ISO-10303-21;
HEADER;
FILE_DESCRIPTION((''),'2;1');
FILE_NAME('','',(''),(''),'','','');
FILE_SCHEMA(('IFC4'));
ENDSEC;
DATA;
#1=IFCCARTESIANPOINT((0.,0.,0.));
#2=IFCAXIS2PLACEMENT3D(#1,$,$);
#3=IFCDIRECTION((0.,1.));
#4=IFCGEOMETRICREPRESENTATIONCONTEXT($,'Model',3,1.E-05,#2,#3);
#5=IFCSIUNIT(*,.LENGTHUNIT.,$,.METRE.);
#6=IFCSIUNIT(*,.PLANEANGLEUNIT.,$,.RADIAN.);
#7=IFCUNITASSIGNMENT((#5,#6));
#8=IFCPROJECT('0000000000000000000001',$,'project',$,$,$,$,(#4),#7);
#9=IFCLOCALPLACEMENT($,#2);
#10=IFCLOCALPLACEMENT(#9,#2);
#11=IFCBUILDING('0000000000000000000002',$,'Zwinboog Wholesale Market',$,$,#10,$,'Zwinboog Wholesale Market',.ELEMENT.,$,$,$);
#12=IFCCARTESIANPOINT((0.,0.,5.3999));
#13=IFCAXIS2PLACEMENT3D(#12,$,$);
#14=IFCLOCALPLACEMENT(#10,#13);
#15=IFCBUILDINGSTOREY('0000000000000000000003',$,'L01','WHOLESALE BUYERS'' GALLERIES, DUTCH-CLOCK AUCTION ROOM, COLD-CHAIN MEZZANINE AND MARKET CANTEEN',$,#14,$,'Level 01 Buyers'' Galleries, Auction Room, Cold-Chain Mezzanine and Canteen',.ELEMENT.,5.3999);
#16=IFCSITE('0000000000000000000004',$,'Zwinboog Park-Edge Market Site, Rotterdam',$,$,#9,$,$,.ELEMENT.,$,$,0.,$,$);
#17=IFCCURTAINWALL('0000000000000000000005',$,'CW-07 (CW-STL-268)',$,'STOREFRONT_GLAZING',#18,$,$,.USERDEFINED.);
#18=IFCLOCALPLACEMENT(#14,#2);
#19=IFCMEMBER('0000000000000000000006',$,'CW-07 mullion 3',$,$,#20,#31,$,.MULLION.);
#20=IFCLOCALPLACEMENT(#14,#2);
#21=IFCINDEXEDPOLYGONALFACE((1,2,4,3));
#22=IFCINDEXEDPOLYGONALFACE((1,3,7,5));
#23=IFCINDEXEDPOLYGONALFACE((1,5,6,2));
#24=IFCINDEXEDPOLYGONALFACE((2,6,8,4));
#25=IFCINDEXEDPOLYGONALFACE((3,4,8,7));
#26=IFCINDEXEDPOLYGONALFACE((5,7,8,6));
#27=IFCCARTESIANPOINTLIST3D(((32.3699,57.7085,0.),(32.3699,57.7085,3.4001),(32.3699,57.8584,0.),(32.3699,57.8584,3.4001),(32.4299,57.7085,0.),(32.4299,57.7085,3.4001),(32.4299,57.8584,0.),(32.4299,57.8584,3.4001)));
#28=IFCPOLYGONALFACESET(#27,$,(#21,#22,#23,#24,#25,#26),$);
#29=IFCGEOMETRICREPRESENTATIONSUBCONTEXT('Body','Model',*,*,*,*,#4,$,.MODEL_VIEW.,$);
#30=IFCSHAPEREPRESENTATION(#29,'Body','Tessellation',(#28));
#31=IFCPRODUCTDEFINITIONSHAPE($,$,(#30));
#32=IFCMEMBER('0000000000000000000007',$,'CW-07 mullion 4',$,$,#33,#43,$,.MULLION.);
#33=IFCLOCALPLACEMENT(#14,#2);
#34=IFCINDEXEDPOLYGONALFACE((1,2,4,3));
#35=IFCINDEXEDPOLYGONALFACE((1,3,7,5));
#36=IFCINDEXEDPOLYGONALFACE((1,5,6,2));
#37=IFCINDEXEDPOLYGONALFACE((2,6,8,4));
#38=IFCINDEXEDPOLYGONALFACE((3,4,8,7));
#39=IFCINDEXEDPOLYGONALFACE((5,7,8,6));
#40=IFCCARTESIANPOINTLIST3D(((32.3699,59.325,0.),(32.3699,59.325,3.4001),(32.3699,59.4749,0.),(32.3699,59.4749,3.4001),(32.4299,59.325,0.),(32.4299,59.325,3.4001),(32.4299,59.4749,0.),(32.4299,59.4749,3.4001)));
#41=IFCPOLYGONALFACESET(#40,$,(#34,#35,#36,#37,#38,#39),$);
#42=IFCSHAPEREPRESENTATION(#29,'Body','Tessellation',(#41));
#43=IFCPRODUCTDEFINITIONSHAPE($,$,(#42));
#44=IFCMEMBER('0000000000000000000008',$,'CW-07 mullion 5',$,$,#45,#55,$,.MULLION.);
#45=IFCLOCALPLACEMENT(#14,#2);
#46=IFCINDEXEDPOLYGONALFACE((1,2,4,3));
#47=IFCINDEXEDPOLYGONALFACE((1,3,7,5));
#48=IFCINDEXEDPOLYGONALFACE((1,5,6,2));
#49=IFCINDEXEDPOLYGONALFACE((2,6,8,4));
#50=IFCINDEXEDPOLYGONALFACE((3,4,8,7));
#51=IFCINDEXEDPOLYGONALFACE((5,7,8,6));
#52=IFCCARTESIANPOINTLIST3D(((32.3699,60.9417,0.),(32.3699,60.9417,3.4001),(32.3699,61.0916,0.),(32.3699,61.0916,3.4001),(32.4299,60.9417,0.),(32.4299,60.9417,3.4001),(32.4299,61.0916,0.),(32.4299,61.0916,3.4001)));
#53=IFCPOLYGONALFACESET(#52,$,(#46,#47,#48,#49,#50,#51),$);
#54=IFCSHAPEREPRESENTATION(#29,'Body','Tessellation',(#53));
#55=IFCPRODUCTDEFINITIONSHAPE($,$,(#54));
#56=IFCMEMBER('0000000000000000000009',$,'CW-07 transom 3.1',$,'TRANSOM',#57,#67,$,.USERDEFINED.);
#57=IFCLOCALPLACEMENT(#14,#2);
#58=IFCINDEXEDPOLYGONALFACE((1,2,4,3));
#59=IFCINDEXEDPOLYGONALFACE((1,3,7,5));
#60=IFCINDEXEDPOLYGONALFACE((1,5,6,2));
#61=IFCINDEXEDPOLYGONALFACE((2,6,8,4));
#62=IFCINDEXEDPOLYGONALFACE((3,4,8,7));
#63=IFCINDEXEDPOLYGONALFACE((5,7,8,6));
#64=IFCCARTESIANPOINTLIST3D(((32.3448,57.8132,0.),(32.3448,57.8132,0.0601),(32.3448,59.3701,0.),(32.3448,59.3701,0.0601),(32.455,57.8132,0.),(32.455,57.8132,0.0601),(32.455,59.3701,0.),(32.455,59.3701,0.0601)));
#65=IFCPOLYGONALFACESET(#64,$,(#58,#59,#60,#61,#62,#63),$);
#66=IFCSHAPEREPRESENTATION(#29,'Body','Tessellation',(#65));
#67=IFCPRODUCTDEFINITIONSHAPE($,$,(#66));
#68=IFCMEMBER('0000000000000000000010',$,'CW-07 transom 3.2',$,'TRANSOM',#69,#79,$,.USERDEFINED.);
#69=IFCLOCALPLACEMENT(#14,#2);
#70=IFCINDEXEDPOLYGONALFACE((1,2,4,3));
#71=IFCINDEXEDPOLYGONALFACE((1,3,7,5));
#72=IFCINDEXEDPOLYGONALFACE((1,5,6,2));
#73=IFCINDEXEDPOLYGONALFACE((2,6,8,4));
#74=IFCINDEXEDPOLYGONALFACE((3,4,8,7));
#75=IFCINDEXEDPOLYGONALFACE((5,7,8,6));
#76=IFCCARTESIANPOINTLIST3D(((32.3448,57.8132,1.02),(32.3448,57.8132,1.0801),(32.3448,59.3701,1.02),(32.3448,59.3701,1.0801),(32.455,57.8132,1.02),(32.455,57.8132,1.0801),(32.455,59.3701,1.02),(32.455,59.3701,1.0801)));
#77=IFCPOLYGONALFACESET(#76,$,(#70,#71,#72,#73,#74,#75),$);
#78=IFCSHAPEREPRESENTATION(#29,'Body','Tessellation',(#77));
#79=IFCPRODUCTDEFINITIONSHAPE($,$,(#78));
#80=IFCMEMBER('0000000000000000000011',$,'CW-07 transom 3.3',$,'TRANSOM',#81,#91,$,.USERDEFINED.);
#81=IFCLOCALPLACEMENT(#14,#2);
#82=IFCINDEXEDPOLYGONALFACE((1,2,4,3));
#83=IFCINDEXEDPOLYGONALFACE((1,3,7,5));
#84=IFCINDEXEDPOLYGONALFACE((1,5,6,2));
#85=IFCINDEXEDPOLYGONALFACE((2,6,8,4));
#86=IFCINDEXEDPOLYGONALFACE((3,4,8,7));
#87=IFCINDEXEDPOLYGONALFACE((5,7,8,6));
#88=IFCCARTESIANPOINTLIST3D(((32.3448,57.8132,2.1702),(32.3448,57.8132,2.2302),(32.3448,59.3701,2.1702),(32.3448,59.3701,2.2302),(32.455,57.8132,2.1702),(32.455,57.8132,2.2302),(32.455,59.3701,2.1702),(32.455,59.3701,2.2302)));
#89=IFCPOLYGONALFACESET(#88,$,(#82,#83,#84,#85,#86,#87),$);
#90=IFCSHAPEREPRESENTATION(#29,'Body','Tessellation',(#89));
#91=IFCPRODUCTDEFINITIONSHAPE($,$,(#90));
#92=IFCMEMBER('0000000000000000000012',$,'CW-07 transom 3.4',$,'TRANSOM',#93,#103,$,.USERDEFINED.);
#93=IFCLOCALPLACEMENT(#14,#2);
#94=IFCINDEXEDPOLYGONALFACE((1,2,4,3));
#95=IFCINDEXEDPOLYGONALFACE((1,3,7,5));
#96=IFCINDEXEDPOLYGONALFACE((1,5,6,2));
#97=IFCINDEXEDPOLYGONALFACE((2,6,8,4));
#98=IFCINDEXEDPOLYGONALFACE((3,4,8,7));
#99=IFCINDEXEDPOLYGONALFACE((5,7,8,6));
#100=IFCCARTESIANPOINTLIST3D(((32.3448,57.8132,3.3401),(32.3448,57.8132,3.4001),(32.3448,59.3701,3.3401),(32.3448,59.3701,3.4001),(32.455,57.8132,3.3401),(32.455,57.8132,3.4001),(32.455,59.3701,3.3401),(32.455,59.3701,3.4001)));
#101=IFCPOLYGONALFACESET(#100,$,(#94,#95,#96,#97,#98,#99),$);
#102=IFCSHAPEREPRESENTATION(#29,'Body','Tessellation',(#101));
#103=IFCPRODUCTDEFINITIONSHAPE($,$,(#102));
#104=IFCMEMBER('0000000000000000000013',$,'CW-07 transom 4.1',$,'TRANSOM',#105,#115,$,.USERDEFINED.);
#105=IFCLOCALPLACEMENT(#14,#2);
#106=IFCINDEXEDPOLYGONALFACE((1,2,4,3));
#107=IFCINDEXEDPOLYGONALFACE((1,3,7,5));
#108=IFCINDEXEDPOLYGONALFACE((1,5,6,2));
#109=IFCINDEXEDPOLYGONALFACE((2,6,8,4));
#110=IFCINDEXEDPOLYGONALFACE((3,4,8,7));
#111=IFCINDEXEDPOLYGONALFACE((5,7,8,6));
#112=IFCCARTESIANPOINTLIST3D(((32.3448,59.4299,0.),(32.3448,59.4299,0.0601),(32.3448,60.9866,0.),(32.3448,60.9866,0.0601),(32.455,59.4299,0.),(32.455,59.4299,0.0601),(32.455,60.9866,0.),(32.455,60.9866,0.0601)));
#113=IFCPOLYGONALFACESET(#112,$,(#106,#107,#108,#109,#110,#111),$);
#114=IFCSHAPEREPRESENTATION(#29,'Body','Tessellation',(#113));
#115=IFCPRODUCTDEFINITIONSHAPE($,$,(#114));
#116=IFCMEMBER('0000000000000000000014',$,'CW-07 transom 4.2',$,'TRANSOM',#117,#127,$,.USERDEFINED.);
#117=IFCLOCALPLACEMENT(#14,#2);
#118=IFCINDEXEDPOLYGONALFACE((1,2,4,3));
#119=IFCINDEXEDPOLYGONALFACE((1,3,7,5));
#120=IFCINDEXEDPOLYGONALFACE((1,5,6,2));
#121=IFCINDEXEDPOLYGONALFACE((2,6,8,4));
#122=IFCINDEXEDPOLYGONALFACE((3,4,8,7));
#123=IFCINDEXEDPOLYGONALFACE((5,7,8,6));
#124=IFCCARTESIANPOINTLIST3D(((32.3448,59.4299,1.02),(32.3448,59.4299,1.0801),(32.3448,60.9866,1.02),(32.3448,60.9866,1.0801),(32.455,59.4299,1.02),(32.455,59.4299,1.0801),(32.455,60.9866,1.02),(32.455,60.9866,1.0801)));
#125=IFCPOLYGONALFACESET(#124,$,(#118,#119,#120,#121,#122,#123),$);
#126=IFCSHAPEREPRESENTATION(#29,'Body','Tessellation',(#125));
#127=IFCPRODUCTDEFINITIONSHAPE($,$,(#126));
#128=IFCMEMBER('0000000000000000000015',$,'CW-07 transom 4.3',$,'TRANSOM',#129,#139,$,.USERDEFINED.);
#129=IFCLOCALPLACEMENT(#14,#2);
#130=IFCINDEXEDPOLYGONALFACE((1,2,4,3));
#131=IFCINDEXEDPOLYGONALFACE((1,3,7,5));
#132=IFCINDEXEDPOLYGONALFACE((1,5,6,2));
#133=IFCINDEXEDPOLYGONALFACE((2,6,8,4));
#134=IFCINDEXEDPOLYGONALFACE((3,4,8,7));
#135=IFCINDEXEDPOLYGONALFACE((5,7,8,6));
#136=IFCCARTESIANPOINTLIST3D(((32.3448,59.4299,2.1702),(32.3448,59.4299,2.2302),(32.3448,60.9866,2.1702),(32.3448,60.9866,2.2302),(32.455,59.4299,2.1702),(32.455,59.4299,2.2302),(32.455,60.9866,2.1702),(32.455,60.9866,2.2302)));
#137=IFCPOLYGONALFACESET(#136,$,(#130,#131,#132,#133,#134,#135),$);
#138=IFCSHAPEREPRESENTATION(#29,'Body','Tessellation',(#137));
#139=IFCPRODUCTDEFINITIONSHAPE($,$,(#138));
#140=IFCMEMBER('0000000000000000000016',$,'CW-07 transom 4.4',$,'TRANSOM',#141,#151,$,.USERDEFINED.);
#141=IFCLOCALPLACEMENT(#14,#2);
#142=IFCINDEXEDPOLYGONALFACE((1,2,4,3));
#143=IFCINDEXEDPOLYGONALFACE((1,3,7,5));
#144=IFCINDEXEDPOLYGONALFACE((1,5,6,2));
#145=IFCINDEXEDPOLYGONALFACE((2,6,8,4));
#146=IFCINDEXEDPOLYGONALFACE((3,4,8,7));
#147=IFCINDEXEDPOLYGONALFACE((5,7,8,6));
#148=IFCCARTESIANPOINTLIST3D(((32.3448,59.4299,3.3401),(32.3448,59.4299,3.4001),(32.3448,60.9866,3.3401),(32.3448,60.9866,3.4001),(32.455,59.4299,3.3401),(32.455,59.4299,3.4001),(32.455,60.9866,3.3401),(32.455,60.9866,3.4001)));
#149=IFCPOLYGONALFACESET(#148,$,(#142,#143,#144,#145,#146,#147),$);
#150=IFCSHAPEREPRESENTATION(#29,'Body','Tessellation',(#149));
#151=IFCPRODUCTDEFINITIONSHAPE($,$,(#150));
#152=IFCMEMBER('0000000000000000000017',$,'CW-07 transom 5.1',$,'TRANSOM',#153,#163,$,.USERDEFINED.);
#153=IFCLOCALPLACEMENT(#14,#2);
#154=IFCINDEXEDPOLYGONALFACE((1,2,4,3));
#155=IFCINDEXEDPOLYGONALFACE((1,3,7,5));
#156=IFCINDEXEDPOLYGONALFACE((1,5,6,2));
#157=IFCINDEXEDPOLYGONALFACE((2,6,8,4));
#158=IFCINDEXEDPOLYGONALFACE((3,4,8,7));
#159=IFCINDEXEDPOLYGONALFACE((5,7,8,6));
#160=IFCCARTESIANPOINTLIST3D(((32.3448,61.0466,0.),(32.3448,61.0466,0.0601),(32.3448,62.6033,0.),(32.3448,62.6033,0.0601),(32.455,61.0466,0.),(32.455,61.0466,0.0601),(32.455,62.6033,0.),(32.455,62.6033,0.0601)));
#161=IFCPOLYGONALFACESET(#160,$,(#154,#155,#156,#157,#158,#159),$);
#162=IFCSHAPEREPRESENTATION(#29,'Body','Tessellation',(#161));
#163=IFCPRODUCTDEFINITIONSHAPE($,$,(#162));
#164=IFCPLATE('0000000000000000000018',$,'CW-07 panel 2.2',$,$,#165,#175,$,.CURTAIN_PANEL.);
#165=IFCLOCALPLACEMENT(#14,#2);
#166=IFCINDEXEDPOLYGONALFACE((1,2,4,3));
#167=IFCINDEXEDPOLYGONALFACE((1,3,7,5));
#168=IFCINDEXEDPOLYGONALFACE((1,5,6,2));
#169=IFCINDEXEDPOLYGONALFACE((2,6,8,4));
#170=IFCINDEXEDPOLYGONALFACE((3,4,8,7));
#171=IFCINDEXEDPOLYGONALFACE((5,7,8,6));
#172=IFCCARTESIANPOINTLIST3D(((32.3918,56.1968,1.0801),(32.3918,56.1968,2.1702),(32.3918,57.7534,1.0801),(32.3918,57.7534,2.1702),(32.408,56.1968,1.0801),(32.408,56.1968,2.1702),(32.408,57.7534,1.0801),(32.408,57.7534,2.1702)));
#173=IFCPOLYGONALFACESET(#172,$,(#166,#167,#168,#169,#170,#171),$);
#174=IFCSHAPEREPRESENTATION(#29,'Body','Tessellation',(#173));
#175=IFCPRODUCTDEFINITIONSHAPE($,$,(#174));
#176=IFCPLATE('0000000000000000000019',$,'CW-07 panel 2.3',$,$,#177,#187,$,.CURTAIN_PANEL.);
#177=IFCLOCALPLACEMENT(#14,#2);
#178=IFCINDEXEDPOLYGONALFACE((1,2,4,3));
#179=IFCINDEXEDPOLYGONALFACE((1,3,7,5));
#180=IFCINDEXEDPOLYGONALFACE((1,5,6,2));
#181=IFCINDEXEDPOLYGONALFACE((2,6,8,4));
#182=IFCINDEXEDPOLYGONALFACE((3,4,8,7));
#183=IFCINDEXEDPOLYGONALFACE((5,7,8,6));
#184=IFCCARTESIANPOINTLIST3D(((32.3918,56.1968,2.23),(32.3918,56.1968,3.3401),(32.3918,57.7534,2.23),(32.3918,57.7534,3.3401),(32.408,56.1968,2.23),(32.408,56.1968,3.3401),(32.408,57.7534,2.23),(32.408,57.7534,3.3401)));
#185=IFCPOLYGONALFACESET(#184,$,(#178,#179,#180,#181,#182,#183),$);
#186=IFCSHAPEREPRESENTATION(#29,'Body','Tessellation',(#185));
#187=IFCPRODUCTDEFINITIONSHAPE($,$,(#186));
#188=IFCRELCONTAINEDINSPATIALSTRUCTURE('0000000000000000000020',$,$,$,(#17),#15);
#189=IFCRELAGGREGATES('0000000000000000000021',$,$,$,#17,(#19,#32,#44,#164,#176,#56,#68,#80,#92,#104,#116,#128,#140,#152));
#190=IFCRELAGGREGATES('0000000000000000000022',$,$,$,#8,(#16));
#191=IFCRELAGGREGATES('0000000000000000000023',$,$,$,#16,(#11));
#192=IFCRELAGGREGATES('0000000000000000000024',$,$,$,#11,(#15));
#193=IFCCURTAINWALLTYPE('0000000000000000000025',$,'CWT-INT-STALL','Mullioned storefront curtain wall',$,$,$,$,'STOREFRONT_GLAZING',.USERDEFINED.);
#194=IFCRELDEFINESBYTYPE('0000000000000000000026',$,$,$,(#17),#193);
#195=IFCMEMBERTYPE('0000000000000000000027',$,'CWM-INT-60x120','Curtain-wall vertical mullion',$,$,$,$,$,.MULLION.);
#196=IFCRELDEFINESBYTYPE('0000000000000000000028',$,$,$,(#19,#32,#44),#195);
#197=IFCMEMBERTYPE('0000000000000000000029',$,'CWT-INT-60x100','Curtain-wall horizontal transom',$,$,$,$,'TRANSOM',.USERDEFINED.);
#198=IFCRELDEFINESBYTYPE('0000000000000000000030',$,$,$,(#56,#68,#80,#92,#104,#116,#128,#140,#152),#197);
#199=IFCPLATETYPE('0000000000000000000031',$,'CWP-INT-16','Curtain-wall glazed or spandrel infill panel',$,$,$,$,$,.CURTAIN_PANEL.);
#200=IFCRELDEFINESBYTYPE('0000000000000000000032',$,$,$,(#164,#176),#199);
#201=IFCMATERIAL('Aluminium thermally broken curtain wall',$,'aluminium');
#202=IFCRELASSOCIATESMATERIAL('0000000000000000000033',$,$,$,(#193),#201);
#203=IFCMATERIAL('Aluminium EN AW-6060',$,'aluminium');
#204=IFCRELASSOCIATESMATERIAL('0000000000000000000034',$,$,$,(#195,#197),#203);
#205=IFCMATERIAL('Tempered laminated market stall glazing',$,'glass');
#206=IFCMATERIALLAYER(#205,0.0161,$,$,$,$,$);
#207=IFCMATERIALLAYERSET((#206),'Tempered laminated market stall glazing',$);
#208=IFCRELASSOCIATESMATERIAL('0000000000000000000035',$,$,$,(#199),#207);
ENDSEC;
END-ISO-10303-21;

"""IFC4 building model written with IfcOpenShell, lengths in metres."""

from ifc_helpers import new_model, si_unit, direction, frame, origin, origin_2d, place, context, subcontext, project, spatial, rectangle, extrude, material, layer, layer_set, material_profile, profile_set, type_object, element, aggregate, save


model = new_model("IFC4")

# Units and contexts
model_context = context("Model", 3, precision=1e-05, world=origin(), true_north=direction((0.0, 1.0)))
body_context = subcontext(model_context, "Body", "Model", "MODEL_VIEW")
ifc_project = project(units=[si_unit("LENGTHUNIT", "METRE"), si_unit("PLANEANGLEUNIT", "RADIAN")], contexts=[model_context])

# Site, building, storey
site_placement = place(None, origin())
site = spatial("IfcSite", under=ifc_project, at=site_placement, Name="Zwinboog Park-Edge Market Site, Rotterdam", CompositionType="ELEMENT", RefElevation=0.0)
building_placement = place(site_placement, origin())
building = spatial("IfcBuilding", under=site, at=building_placement, Name="Zwinboog Wholesale Market", LongName="Zwinboog Wholesale Market", CompositionType="ELEMENT")
storey_placement = place(building_placement, frame((0.0, 0.0, 5.3999)))
storey = spatial("IfcBuildingStorey", under=building, at=storey_placement, Name="L01", Description="WHOLESALE BUYERS' GALLERIES, DUTCH-CLOCK AUCTION ROOM, COLD-CHAIN MEZZANINE AND MARKET CANTEEN", LongName="Level 01 Buyers' Galleries, Auction Room, Cold-Chain Mezzanine and Canteen", CompositionType="ELEMENT", Elevation=5.3999)

# Curtain wall, members, plates
ifc_material_1 = material(Name="Aluminium thermally broken curtain wall", Category="aluminium")
curtain_wall_type = type_object("IfcCurtainWallType", Name="CWT-INT-STALL", Description="Mullioned storefront curtain wall", ElementType="STOREFRONT_GLAZING", PredefinedType="USERDEFINED", material=ifc_material_1)
curtain_wall_placement = place(storey_placement, origin())
curtain_wall = element("IfcCurtainWall", 1, at=curtain_wall_placement, inside=storey, type_object=curtain_wall_type, Name="CW-07 (CW-STL-268)", ObjectType="STOREFRONT_GLAZING", PredefinedType="USERDEFINED")
ifc_material_2 = material(Name="Aluminium EN AW-6060", Category="aluminium")
ifc_material_profile_1 = material_profile(ifc_material_2, rectangle(XDim=0.0601, YDim=0.1499, at=origin_2d()), Name="AL 60x150")
ifc_profile_set_1 = profile_set([ifc_material_profile_1], Name="Aluminium EN AW-6060")
member_type_1 = type_object("IfcMemberType", Name="CWM-INT-60x120", Description="Curtain-wall vertical mullion", PredefinedType="MULLION", material=ifc_profile_set_1)
member_1_placement = place(storey_placement, frame((32.3999, 57.7834, 0.0), z_axis=(0.0, 0.0, 1.0), x_axis=(-1.0, 0.0, 0.0)))
member_1 = element("IfcMember", 2, at=member_1_placement, type_object=member_type_1, Name="CW-07 mullion 3", PredefinedType="MULLION", context=body_context, shape_type="SweptSolid", body=[
    extrude(rectangle(XDim=0.0601, YDim=0.1499, at=origin_2d()), origin(), (0.0, 0.0, 1.0), 3.4001),
])
member_2_placement = place(storey_placement, frame((32.3999, 59.3999, 0.0), z_axis=(0.0, 0.0, 1.0), x_axis=(-1.0, 0.0, 0.0)))
member_2 = element("IfcMember", 3, at=member_2_placement, type_object=member_type_1, Name="CW-07 mullion 4", PredefinedType="MULLION", context=body_context, shape_type="SweptSolid", body=[
    extrude(rectangle(XDim=0.0601, YDim=0.1499, at=origin_2d()), origin(), (0.0, 0.0, 1.0), 3.4001),
])
member_3_placement = place(storey_placement, frame((32.3999, 61.0166, 0.0), z_axis=(0.0, 0.0, 1.0), x_axis=(-1.0, 0.0, 0.0)))
member_3 = element("IfcMember", 4, at=member_3_placement, type_object=member_type_1, Name="CW-07 mullion 5", PredefinedType="MULLION", context=body_context, shape_type="SweptSolid", body=[
    extrude(rectangle(XDim=0.0601, YDim=0.1499, at=origin_2d()), origin(), (0.0, 0.0, 1.0), 3.4001),
])
ifc_material_profile_2 = material_profile(ifc_material_2, rectangle(XDim=0.1101, YDim=0.0601, at=origin_2d()), Name="AL 60x110")
ifc_profile_set_2 = profile_set([ifc_material_profile_2], Name="Aluminium EN AW-6060")
member_type_2 = type_object("IfcMemberType", Name="CWT-INT-60x100", Description="Curtain-wall horizontal transom", ElementType="TRANSOM", PredefinedType="USERDEFINED", material=ifc_profile_set_2)
member_4_placement = place(storey_placement, frame((32.3999, 57.8132, 0.03), z_axis=(0.0, 1.0, 0.0), x_axis=(-1.0, 0.0, 0.0)))
member_4 = element("IfcMember", 5, at=member_4_placement, type_object=member_type_2, Name="CW-07 transom 3.1", ObjectType="TRANSOM", PredefinedType="USERDEFINED", context=body_context, shape_type="SweptSolid", body=[
    extrude(rectangle(XDim=0.1101, YDim=0.0601, at=origin_2d()), origin(), (0.0, 0.0, 1.0), 1.5569),
])
member_5_placement = place(storey_placement, frame((32.3999, 57.8132, 1.05), z_axis=(0.0, 1.0, 0.0), x_axis=(-1.0, 0.0, 0.0)))
member_5 = element("IfcMember", 6, at=member_5_placement, type_object=member_type_2, Name="CW-07 transom 3.2", ObjectType="TRANSOM", PredefinedType="USERDEFINED", context=body_context, shape_type="SweptSolid", body=[
    extrude(rectangle(XDim=0.1101, YDim=0.0601, at=origin_2d()), origin(), (0.0, 0.0, 1.0), 1.5569),
])
member_6_placement = place(storey_placement, frame((32.3999, 57.8132, 2.2002), z_axis=(0.0, 1.0, 0.0), x_axis=(-1.0, 0.0, 0.0)))
member_6 = element("IfcMember", 7, at=member_6_placement, type_object=member_type_2, Name="CW-07 transom 3.3", ObjectType="TRANSOM", PredefinedType="USERDEFINED", context=body_context, shape_type="SweptSolid", body=[
    extrude(rectangle(XDim=0.1101, YDim=0.0601, at=origin_2d()), origin(), (0.0, 0.0, 1.0), 1.5569),
])
member_7_placement = place(storey_placement, frame((32.3999, 57.8132, 3.3701), z_axis=(0.0, 1.0, 0.0), x_axis=(-1.0, 0.0, 0.0)))
member_7 = element("IfcMember", 8, at=member_7_placement, type_object=member_type_2, Name="CW-07 transom 3.4", ObjectType="TRANSOM", PredefinedType="USERDEFINED", context=body_context, shape_type="SweptSolid", body=[
    extrude(rectangle(XDim=0.1101, YDim=0.0601, at=origin_2d()), origin(), (0.0, 0.0, 1.0), 1.5569),
])
member_8_placement = place(storey_placement, frame((32.3999, 59.4299, 0.03), z_axis=(0.0, 1.0, 0.0), x_axis=(-1.0, 0.0, 0.0)))
member_8 = element("IfcMember", 9, at=member_8_placement, type_object=member_type_2, Name="CW-07 transom 4.1", ObjectType="TRANSOM", PredefinedType="USERDEFINED", context=body_context, shape_type="SweptSolid", body=[
    extrude(rectangle(XDim=0.1101, YDim=0.0601, at=origin_2d()), origin(), (0.0, 0.0, 1.0), 1.5566),
])
member_9_placement = place(storey_placement, frame((32.3999, 59.4299, 1.05), z_axis=(0.0, 1.0, 0.0), x_axis=(-1.0, 0.0, 0.0)))
member_9 = element("IfcMember", 10, at=member_9_placement, type_object=member_type_2, Name="CW-07 transom 4.2", ObjectType="TRANSOM", PredefinedType="USERDEFINED", context=body_context, shape_type="SweptSolid", body=[
    extrude(rectangle(XDim=0.1101, YDim=0.0601, at=origin_2d()), origin(), (0.0, 0.0, 1.0), 1.5566),
])
member_10_placement = place(storey_placement, frame((32.3999, 59.4299, 2.2002), z_axis=(0.0, 1.0, 0.0), x_axis=(-1.0, 0.0, 0.0)))
member_10 = element("IfcMember", 11, at=member_10_placement, type_object=member_type_2, Name="CW-07 transom 4.3", ObjectType="TRANSOM", PredefinedType="USERDEFINED", context=body_context, shape_type="SweptSolid", body=[
    extrude(rectangle(XDim=0.1101, YDim=0.0601, at=origin_2d()), origin(), (0.0, 0.0, 1.0), 1.5566),
])
member_11_placement = place(storey_placement, frame((32.3999, 59.4299, 3.3701), z_axis=(0.0, 1.0, 0.0), x_axis=(-1.0, 0.0, 0.0)))
member_11 = element("IfcMember", 12, at=member_11_placement, type_object=member_type_2, Name="CW-07 transom 4.4", ObjectType="TRANSOM", PredefinedType="USERDEFINED", context=body_context, shape_type="SweptSolid", body=[
    extrude(rectangle(XDim=0.1101, YDim=0.0601, at=origin_2d()), origin(), (0.0, 0.0, 1.0), 1.5566),
])
member_12_placement = place(storey_placement, frame((32.3999, 61.0466, 0.03), z_axis=(0.0, 1.0, 0.0), x_axis=(-1.0, 0.0, 0.0)))
member_12 = element("IfcMember", 13, at=member_12_placement, type_object=member_type_2, Name="CW-07 transom 5.1", ObjectType="TRANSOM", PredefinedType="USERDEFINED", context=body_context, shape_type="SweptSolid", body=[
    extrude(rectangle(XDim=0.1101, YDim=0.0601, at=origin_2d()), origin(), (0.0, 0.0, 1.0), 1.5566),
])
ifc_material_3 = material(Name="Tempered laminated market stall glazing", Category="glass")
ifc_layer = layer(ifc_material_3, 0.0161)
ifc_layer_set = layer_set([ifc_layer], Name="Tempered laminated market stall glazing")
plate_type = type_object("IfcPlateType", Name="CWP-INT-16", Description="Curtain-wall glazed or spandrel infill panel", PredefinedType="CURTAIN_PANEL", material=ifc_layer_set)
plate_1_placement = place(storey_placement, frame((32.3999, 56.9751, 1.0801), z_axis=(0.0, 0.0, 1.0), x_axis=(0.0, 1.0, 0.0)))
plate_1 = element("IfcPlate", 14, at=plate_1_placement, type_object=plate_type, Name="CW-07 panel 2.2", PredefinedType="CURTAIN_PANEL", context=body_context, shape_type="SweptSolid", body=[
    extrude(rectangle(XDim=1.5566, YDim=0.0161, at=origin_2d()), origin(), (0.0, 0.0, 1.0), 1.0901),
])
plate_2_placement = place(storey_placement, frame((32.3999, 56.9751, 2.23), z_axis=(0.0, 0.0, 1.0), x_axis=(0.0, 1.0, 0.0)))
plate_2 = element("IfcPlate", 15, at=plate_2_placement, type_object=plate_type, Name="CW-07 panel 2.3", PredefinedType="CURTAIN_PANEL", context=body_context, shape_type="SweptSolid", body=[
    extrude(rectangle(XDim=1.5566, YDim=0.0161, at=origin_2d()), origin(), (0.0, 0.0, 1.0), 1.1101),
])
aggregate(curtain_wall, [member_1, member_2, member_3, plate_1, plate_2, member_4, member_5, member_6, member_7, member_8, member_9, member_10, member_11, member_12])

save(model, "model.ifc")
